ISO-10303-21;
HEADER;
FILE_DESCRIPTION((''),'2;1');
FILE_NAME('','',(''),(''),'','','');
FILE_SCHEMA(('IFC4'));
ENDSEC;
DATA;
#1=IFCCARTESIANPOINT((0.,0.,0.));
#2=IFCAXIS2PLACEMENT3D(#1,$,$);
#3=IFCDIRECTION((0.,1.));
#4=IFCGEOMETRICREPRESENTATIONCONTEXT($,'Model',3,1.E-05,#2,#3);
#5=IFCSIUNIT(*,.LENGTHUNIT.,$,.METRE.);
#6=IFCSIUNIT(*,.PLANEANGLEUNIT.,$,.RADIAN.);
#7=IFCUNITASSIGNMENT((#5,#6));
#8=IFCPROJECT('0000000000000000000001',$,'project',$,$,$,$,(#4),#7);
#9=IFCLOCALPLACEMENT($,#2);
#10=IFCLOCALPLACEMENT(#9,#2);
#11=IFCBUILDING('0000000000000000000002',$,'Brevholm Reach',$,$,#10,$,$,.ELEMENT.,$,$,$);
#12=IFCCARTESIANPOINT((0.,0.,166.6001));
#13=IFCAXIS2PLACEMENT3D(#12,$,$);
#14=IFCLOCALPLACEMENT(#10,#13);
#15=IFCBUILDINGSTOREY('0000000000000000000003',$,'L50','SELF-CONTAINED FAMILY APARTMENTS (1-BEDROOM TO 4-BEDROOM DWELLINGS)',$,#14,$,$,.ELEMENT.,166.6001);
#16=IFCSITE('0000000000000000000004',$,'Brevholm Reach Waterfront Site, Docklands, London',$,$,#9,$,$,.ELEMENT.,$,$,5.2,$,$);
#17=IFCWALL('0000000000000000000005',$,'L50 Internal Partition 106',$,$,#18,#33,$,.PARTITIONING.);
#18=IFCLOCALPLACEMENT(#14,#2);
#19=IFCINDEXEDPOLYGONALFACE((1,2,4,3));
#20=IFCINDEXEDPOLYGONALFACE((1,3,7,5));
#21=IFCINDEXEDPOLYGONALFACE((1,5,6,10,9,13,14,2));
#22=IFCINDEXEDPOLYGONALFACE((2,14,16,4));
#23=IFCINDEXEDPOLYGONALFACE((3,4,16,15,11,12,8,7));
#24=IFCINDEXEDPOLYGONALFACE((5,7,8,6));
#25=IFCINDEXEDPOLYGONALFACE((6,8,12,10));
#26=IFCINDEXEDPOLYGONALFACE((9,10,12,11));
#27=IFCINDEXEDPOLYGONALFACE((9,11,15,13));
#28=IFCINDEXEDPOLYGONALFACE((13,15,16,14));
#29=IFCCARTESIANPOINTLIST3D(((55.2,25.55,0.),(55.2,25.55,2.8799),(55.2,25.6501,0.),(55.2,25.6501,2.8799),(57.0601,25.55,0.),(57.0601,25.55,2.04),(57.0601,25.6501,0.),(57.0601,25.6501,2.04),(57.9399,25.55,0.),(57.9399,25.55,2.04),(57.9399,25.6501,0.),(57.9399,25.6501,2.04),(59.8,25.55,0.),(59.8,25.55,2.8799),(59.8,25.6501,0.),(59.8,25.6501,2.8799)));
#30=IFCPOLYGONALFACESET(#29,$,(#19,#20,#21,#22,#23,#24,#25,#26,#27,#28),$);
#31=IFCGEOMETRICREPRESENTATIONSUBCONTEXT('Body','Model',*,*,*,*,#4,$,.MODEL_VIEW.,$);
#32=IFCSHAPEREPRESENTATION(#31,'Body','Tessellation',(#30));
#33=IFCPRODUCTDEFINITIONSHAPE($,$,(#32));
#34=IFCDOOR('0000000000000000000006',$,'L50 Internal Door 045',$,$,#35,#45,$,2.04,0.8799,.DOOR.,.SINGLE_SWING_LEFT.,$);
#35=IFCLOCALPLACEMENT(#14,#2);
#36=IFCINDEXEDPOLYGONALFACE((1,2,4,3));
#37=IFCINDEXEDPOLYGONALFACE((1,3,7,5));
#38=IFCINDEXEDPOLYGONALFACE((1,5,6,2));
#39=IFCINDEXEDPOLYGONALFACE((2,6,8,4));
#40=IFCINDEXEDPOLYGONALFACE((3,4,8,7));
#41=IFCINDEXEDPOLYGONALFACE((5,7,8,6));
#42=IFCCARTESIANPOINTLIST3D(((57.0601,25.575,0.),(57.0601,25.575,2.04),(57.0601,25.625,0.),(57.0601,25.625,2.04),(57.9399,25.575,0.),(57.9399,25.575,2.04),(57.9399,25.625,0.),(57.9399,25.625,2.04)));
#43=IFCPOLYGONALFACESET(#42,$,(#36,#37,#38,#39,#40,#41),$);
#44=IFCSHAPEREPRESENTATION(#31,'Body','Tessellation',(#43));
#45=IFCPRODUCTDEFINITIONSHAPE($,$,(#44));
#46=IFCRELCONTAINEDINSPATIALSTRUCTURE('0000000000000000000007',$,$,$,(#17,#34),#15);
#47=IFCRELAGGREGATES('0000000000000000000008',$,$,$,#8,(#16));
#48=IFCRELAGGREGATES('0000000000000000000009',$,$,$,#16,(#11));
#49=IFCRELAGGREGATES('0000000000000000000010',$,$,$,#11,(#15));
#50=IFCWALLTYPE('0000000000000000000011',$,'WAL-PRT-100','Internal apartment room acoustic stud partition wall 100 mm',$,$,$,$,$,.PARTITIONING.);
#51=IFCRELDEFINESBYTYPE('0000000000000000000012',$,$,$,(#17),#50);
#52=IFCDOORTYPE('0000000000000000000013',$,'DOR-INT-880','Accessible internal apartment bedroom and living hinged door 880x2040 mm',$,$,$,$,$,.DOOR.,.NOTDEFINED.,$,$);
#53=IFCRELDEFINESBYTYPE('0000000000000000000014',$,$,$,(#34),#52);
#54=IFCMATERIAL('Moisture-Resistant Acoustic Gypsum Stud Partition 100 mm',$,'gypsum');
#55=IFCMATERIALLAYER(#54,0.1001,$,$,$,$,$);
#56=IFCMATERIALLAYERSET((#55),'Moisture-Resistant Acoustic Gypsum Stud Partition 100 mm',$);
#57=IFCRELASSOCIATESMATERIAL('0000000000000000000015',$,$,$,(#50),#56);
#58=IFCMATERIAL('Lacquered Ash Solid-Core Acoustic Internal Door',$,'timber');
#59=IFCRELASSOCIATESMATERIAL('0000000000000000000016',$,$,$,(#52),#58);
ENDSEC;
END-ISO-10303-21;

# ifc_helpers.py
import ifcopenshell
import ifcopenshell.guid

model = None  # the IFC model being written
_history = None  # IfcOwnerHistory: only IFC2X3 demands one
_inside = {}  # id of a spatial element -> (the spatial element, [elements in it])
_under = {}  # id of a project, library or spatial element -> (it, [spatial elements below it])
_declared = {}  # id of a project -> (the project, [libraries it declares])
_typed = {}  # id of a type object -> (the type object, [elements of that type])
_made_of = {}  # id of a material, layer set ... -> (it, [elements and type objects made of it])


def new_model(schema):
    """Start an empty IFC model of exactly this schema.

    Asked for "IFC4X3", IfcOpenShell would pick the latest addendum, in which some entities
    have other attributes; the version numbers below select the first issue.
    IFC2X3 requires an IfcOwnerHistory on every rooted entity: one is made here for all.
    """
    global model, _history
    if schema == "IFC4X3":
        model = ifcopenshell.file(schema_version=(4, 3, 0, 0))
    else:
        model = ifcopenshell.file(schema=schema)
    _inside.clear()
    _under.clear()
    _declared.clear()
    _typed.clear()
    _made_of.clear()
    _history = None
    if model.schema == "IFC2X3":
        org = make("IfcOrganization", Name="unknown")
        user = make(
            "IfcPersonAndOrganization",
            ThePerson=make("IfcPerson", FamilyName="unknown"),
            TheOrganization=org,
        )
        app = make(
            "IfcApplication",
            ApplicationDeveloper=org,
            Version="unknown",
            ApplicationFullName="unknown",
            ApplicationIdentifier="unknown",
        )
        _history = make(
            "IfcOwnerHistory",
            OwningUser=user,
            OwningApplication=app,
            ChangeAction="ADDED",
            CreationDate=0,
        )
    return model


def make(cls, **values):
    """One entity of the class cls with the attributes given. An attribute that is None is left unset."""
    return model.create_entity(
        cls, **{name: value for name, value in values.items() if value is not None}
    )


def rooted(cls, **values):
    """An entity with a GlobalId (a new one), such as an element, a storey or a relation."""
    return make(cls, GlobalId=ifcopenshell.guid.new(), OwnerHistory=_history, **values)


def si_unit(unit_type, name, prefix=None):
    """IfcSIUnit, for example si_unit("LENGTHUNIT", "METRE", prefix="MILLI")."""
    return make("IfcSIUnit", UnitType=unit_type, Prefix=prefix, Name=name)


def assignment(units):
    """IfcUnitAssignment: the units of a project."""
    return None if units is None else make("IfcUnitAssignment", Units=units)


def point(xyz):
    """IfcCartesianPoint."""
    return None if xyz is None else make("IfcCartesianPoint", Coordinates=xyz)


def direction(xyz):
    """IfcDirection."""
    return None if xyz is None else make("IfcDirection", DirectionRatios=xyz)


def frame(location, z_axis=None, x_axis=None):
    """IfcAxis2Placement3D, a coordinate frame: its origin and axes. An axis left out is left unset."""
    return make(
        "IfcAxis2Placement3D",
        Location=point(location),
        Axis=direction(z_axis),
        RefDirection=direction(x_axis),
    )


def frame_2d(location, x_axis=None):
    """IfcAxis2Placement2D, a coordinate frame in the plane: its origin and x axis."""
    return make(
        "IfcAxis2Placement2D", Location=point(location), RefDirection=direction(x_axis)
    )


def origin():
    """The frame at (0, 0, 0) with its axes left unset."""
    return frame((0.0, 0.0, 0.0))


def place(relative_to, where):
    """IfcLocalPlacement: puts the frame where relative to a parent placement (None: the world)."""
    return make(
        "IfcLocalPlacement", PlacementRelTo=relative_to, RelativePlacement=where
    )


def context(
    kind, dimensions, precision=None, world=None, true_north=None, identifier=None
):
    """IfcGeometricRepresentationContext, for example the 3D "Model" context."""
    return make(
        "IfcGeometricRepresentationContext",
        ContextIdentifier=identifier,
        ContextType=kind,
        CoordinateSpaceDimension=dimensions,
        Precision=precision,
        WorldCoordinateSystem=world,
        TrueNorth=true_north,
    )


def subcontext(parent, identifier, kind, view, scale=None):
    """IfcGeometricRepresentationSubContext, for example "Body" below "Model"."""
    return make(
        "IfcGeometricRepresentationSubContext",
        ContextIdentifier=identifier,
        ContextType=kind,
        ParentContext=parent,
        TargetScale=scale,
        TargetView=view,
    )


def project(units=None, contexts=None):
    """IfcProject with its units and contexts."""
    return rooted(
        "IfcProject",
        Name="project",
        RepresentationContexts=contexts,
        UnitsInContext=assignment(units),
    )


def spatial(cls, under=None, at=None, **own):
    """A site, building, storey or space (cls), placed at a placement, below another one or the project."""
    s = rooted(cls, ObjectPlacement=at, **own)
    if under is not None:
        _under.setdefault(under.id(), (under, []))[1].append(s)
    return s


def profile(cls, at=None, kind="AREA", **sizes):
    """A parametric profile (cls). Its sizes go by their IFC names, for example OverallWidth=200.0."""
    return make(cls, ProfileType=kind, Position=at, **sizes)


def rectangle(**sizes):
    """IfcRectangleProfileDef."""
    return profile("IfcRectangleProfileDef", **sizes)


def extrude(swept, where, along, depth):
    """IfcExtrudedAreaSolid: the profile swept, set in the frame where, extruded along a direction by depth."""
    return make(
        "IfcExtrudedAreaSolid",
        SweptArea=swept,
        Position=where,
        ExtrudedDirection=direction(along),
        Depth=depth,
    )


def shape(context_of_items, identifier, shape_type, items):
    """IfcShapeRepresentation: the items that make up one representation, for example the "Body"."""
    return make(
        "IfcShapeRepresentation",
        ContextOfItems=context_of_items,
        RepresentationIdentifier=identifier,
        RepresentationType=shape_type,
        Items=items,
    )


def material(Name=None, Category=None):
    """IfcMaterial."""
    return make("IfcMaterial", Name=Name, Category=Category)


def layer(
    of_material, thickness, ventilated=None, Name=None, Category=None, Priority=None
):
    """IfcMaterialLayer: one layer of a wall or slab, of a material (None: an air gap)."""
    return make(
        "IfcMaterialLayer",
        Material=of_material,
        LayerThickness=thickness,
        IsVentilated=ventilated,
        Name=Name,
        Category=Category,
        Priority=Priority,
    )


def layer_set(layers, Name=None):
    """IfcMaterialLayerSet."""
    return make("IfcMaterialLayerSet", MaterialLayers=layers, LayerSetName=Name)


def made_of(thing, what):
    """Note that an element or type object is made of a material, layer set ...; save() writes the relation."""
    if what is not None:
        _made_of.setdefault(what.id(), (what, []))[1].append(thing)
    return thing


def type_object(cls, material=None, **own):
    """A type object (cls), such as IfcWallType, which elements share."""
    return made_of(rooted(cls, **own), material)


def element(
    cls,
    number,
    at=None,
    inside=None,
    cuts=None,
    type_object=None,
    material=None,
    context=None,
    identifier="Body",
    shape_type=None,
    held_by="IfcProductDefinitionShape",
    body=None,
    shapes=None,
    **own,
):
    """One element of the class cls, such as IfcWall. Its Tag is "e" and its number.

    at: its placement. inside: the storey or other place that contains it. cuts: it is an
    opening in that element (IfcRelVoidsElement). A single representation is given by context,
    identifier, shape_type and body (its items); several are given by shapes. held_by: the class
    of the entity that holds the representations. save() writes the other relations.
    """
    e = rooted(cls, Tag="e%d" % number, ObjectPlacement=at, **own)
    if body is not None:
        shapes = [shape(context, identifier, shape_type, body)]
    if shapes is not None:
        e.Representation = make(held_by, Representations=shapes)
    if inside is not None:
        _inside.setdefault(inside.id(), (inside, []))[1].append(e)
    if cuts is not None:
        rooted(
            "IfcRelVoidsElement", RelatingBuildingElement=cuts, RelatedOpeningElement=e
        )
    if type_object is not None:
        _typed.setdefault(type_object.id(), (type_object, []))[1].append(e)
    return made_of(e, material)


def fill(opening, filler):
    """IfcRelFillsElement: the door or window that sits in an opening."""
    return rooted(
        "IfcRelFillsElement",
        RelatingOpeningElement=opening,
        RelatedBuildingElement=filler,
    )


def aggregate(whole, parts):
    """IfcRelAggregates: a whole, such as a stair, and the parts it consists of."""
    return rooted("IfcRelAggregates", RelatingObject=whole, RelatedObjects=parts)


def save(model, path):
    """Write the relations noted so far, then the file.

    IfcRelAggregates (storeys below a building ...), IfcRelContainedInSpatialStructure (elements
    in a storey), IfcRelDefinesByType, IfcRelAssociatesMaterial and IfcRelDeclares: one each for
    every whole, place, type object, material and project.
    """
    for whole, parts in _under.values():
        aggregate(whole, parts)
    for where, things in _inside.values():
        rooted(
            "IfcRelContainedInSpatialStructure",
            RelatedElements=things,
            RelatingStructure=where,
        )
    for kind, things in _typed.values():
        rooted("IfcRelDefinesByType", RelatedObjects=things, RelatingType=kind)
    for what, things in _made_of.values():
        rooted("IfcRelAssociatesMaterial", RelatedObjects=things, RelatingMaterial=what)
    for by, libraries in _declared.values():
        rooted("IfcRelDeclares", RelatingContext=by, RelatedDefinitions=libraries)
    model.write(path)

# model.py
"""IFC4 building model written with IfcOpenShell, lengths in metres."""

from ifc_helpers import new_model, si_unit, direction, frame, frame_2d, origin, place, context, subcontext, project, spatial, rectangle, extrude, material, layer, layer_set, type_object, element, fill, save


model = new_model("IFC4")

# Units and contexts
model_context = context("Model", 3, precision=1e-05, world=origin(), true_north=direction((0.0, 1.0)))
body_context = subcontext(model_context, "Body", "Model", "MODEL_VIEW")
ifc_project = project(units=[si_unit("LENGTHUNIT", "METRE"), si_unit("PLANEANGLEUNIT", "RADIAN")], contexts=[model_context])

# Site, building, storey
site_placement = place(None, origin())
site = spatial("IfcSite", under=ifc_project, at=site_placement, Name="Brevholm Reach Waterfront Site, Docklands, London", CompositionType="ELEMENT", RefElevation=5.2)
building_placement = place(site_placement, origin())
building = spatial("IfcBuilding", under=site, at=building_placement, Name="Brevholm Reach", CompositionType="ELEMENT")
storey_placement = place(building_placement, frame((0.0, 0.0, 166.6001)))
storey = spatial("IfcBuildingStorey", under=building, at=storey_placement, Name="L50", Description="SELF-CONTAINED FAMILY APARTMENTS (1-BEDROOM TO 4-BEDROOM DWELLINGS)", CompositionType="ELEMENT", Elevation=166.6001)

# Wall, opening, door
ifc_material_1 = material(Name="Moisture-Resistant Acoustic Gypsum Stud Partition 100 mm", Category="gypsum")
ifc_layer_1 = layer(ifc_material_1, 0.1001)
ifc_layer_set_1 = layer_set([ifc_layer_1], Name="Moisture-Resistant Acoustic Gypsum Stud Partition 100 mm")
wall_type_1 = type_object("IfcWallType", Name="WAL-PRT-100", Description="Internal apartment room acoustic stud partition wall 100 mm", PredefinedType="PARTITIONING", material=ifc_layer_set_1)
wall_1_placement = place(storey_placement, frame((55.2, 25.6001, 0.0), z_axis=(0.0, 0.0, 1.0), x_axis=(1.0, 0.0, 0.0)))
wall_1 = element("IfcWall", 1, at=wall_1_placement, inside=storey, type_object=wall_type_1, Name="L50 Internal Partition 106", PredefinedType="PARTITIONING", context=body_context, shape_type="SweptSolid", body=[
    extrude(rectangle(XDim=4.6001, YDim=0.1001, at=frame_2d((2.3, 0.0))), origin(), (0.0, 0.0, 1.0), 2.8799),
])
opening_placement = place(wall_1_placement, frame((1.8601, 0.0, 0.0)))
opening = element("IfcOpeningElement", 2, at=opening_placement, cuts=wall_1, PredefinedType="OPENING", context=body_context, shape_type="SweptSolid", body=[
    extrude(rectangle(XDim=0.8799, YDim=2.04, at=frame_2d((0.4399, 1.02))), frame((0.0, 0.0601, 0.0), z_axis=(0.0, -1.0, 0.0), x_axis=(1.0, 0.0, 0.0)), (0.0, 0.0, 1.0), 0.1201),
])
ifc_material_2 = material(Name="Lacquered Ash Solid-Core Acoustic Internal Door", Category="timber")
door_type = type_object("IfcDoorType", Name="DOR-INT-880", Description="Accessible internal apartment bedroom and living hinged door 880x2040 mm", OperationType="NOTDEFINED", PredefinedType="DOOR", material=ifc_material_2)
door_placement = place(opening_placement, origin())
door = element("IfcDoor", 3, at=door_placement, inside=storey, type_object=door_type, Name="L50 Internal Door 045", OperationType="SINGLE_SWING_LEFT", OverallHeight=2.04, OverallWidth=0.8799, PredefinedType="DOOR", context=body_context, shape_type="SweptSolid", body=[
    extrude(rectangle(XDim=0.8799, YDim=2.04, at=frame_2d((0.4399, 1.02))), frame((0.0, 0.0249, 0.0), z_axis=(0.0, -1.0, 0.0), x_axis=(1.0, 0.0, 0.0)), (0.0, 0.0, 1.0), 0.05),
])
fill(opening, door)

save(model, "model.ifc")
